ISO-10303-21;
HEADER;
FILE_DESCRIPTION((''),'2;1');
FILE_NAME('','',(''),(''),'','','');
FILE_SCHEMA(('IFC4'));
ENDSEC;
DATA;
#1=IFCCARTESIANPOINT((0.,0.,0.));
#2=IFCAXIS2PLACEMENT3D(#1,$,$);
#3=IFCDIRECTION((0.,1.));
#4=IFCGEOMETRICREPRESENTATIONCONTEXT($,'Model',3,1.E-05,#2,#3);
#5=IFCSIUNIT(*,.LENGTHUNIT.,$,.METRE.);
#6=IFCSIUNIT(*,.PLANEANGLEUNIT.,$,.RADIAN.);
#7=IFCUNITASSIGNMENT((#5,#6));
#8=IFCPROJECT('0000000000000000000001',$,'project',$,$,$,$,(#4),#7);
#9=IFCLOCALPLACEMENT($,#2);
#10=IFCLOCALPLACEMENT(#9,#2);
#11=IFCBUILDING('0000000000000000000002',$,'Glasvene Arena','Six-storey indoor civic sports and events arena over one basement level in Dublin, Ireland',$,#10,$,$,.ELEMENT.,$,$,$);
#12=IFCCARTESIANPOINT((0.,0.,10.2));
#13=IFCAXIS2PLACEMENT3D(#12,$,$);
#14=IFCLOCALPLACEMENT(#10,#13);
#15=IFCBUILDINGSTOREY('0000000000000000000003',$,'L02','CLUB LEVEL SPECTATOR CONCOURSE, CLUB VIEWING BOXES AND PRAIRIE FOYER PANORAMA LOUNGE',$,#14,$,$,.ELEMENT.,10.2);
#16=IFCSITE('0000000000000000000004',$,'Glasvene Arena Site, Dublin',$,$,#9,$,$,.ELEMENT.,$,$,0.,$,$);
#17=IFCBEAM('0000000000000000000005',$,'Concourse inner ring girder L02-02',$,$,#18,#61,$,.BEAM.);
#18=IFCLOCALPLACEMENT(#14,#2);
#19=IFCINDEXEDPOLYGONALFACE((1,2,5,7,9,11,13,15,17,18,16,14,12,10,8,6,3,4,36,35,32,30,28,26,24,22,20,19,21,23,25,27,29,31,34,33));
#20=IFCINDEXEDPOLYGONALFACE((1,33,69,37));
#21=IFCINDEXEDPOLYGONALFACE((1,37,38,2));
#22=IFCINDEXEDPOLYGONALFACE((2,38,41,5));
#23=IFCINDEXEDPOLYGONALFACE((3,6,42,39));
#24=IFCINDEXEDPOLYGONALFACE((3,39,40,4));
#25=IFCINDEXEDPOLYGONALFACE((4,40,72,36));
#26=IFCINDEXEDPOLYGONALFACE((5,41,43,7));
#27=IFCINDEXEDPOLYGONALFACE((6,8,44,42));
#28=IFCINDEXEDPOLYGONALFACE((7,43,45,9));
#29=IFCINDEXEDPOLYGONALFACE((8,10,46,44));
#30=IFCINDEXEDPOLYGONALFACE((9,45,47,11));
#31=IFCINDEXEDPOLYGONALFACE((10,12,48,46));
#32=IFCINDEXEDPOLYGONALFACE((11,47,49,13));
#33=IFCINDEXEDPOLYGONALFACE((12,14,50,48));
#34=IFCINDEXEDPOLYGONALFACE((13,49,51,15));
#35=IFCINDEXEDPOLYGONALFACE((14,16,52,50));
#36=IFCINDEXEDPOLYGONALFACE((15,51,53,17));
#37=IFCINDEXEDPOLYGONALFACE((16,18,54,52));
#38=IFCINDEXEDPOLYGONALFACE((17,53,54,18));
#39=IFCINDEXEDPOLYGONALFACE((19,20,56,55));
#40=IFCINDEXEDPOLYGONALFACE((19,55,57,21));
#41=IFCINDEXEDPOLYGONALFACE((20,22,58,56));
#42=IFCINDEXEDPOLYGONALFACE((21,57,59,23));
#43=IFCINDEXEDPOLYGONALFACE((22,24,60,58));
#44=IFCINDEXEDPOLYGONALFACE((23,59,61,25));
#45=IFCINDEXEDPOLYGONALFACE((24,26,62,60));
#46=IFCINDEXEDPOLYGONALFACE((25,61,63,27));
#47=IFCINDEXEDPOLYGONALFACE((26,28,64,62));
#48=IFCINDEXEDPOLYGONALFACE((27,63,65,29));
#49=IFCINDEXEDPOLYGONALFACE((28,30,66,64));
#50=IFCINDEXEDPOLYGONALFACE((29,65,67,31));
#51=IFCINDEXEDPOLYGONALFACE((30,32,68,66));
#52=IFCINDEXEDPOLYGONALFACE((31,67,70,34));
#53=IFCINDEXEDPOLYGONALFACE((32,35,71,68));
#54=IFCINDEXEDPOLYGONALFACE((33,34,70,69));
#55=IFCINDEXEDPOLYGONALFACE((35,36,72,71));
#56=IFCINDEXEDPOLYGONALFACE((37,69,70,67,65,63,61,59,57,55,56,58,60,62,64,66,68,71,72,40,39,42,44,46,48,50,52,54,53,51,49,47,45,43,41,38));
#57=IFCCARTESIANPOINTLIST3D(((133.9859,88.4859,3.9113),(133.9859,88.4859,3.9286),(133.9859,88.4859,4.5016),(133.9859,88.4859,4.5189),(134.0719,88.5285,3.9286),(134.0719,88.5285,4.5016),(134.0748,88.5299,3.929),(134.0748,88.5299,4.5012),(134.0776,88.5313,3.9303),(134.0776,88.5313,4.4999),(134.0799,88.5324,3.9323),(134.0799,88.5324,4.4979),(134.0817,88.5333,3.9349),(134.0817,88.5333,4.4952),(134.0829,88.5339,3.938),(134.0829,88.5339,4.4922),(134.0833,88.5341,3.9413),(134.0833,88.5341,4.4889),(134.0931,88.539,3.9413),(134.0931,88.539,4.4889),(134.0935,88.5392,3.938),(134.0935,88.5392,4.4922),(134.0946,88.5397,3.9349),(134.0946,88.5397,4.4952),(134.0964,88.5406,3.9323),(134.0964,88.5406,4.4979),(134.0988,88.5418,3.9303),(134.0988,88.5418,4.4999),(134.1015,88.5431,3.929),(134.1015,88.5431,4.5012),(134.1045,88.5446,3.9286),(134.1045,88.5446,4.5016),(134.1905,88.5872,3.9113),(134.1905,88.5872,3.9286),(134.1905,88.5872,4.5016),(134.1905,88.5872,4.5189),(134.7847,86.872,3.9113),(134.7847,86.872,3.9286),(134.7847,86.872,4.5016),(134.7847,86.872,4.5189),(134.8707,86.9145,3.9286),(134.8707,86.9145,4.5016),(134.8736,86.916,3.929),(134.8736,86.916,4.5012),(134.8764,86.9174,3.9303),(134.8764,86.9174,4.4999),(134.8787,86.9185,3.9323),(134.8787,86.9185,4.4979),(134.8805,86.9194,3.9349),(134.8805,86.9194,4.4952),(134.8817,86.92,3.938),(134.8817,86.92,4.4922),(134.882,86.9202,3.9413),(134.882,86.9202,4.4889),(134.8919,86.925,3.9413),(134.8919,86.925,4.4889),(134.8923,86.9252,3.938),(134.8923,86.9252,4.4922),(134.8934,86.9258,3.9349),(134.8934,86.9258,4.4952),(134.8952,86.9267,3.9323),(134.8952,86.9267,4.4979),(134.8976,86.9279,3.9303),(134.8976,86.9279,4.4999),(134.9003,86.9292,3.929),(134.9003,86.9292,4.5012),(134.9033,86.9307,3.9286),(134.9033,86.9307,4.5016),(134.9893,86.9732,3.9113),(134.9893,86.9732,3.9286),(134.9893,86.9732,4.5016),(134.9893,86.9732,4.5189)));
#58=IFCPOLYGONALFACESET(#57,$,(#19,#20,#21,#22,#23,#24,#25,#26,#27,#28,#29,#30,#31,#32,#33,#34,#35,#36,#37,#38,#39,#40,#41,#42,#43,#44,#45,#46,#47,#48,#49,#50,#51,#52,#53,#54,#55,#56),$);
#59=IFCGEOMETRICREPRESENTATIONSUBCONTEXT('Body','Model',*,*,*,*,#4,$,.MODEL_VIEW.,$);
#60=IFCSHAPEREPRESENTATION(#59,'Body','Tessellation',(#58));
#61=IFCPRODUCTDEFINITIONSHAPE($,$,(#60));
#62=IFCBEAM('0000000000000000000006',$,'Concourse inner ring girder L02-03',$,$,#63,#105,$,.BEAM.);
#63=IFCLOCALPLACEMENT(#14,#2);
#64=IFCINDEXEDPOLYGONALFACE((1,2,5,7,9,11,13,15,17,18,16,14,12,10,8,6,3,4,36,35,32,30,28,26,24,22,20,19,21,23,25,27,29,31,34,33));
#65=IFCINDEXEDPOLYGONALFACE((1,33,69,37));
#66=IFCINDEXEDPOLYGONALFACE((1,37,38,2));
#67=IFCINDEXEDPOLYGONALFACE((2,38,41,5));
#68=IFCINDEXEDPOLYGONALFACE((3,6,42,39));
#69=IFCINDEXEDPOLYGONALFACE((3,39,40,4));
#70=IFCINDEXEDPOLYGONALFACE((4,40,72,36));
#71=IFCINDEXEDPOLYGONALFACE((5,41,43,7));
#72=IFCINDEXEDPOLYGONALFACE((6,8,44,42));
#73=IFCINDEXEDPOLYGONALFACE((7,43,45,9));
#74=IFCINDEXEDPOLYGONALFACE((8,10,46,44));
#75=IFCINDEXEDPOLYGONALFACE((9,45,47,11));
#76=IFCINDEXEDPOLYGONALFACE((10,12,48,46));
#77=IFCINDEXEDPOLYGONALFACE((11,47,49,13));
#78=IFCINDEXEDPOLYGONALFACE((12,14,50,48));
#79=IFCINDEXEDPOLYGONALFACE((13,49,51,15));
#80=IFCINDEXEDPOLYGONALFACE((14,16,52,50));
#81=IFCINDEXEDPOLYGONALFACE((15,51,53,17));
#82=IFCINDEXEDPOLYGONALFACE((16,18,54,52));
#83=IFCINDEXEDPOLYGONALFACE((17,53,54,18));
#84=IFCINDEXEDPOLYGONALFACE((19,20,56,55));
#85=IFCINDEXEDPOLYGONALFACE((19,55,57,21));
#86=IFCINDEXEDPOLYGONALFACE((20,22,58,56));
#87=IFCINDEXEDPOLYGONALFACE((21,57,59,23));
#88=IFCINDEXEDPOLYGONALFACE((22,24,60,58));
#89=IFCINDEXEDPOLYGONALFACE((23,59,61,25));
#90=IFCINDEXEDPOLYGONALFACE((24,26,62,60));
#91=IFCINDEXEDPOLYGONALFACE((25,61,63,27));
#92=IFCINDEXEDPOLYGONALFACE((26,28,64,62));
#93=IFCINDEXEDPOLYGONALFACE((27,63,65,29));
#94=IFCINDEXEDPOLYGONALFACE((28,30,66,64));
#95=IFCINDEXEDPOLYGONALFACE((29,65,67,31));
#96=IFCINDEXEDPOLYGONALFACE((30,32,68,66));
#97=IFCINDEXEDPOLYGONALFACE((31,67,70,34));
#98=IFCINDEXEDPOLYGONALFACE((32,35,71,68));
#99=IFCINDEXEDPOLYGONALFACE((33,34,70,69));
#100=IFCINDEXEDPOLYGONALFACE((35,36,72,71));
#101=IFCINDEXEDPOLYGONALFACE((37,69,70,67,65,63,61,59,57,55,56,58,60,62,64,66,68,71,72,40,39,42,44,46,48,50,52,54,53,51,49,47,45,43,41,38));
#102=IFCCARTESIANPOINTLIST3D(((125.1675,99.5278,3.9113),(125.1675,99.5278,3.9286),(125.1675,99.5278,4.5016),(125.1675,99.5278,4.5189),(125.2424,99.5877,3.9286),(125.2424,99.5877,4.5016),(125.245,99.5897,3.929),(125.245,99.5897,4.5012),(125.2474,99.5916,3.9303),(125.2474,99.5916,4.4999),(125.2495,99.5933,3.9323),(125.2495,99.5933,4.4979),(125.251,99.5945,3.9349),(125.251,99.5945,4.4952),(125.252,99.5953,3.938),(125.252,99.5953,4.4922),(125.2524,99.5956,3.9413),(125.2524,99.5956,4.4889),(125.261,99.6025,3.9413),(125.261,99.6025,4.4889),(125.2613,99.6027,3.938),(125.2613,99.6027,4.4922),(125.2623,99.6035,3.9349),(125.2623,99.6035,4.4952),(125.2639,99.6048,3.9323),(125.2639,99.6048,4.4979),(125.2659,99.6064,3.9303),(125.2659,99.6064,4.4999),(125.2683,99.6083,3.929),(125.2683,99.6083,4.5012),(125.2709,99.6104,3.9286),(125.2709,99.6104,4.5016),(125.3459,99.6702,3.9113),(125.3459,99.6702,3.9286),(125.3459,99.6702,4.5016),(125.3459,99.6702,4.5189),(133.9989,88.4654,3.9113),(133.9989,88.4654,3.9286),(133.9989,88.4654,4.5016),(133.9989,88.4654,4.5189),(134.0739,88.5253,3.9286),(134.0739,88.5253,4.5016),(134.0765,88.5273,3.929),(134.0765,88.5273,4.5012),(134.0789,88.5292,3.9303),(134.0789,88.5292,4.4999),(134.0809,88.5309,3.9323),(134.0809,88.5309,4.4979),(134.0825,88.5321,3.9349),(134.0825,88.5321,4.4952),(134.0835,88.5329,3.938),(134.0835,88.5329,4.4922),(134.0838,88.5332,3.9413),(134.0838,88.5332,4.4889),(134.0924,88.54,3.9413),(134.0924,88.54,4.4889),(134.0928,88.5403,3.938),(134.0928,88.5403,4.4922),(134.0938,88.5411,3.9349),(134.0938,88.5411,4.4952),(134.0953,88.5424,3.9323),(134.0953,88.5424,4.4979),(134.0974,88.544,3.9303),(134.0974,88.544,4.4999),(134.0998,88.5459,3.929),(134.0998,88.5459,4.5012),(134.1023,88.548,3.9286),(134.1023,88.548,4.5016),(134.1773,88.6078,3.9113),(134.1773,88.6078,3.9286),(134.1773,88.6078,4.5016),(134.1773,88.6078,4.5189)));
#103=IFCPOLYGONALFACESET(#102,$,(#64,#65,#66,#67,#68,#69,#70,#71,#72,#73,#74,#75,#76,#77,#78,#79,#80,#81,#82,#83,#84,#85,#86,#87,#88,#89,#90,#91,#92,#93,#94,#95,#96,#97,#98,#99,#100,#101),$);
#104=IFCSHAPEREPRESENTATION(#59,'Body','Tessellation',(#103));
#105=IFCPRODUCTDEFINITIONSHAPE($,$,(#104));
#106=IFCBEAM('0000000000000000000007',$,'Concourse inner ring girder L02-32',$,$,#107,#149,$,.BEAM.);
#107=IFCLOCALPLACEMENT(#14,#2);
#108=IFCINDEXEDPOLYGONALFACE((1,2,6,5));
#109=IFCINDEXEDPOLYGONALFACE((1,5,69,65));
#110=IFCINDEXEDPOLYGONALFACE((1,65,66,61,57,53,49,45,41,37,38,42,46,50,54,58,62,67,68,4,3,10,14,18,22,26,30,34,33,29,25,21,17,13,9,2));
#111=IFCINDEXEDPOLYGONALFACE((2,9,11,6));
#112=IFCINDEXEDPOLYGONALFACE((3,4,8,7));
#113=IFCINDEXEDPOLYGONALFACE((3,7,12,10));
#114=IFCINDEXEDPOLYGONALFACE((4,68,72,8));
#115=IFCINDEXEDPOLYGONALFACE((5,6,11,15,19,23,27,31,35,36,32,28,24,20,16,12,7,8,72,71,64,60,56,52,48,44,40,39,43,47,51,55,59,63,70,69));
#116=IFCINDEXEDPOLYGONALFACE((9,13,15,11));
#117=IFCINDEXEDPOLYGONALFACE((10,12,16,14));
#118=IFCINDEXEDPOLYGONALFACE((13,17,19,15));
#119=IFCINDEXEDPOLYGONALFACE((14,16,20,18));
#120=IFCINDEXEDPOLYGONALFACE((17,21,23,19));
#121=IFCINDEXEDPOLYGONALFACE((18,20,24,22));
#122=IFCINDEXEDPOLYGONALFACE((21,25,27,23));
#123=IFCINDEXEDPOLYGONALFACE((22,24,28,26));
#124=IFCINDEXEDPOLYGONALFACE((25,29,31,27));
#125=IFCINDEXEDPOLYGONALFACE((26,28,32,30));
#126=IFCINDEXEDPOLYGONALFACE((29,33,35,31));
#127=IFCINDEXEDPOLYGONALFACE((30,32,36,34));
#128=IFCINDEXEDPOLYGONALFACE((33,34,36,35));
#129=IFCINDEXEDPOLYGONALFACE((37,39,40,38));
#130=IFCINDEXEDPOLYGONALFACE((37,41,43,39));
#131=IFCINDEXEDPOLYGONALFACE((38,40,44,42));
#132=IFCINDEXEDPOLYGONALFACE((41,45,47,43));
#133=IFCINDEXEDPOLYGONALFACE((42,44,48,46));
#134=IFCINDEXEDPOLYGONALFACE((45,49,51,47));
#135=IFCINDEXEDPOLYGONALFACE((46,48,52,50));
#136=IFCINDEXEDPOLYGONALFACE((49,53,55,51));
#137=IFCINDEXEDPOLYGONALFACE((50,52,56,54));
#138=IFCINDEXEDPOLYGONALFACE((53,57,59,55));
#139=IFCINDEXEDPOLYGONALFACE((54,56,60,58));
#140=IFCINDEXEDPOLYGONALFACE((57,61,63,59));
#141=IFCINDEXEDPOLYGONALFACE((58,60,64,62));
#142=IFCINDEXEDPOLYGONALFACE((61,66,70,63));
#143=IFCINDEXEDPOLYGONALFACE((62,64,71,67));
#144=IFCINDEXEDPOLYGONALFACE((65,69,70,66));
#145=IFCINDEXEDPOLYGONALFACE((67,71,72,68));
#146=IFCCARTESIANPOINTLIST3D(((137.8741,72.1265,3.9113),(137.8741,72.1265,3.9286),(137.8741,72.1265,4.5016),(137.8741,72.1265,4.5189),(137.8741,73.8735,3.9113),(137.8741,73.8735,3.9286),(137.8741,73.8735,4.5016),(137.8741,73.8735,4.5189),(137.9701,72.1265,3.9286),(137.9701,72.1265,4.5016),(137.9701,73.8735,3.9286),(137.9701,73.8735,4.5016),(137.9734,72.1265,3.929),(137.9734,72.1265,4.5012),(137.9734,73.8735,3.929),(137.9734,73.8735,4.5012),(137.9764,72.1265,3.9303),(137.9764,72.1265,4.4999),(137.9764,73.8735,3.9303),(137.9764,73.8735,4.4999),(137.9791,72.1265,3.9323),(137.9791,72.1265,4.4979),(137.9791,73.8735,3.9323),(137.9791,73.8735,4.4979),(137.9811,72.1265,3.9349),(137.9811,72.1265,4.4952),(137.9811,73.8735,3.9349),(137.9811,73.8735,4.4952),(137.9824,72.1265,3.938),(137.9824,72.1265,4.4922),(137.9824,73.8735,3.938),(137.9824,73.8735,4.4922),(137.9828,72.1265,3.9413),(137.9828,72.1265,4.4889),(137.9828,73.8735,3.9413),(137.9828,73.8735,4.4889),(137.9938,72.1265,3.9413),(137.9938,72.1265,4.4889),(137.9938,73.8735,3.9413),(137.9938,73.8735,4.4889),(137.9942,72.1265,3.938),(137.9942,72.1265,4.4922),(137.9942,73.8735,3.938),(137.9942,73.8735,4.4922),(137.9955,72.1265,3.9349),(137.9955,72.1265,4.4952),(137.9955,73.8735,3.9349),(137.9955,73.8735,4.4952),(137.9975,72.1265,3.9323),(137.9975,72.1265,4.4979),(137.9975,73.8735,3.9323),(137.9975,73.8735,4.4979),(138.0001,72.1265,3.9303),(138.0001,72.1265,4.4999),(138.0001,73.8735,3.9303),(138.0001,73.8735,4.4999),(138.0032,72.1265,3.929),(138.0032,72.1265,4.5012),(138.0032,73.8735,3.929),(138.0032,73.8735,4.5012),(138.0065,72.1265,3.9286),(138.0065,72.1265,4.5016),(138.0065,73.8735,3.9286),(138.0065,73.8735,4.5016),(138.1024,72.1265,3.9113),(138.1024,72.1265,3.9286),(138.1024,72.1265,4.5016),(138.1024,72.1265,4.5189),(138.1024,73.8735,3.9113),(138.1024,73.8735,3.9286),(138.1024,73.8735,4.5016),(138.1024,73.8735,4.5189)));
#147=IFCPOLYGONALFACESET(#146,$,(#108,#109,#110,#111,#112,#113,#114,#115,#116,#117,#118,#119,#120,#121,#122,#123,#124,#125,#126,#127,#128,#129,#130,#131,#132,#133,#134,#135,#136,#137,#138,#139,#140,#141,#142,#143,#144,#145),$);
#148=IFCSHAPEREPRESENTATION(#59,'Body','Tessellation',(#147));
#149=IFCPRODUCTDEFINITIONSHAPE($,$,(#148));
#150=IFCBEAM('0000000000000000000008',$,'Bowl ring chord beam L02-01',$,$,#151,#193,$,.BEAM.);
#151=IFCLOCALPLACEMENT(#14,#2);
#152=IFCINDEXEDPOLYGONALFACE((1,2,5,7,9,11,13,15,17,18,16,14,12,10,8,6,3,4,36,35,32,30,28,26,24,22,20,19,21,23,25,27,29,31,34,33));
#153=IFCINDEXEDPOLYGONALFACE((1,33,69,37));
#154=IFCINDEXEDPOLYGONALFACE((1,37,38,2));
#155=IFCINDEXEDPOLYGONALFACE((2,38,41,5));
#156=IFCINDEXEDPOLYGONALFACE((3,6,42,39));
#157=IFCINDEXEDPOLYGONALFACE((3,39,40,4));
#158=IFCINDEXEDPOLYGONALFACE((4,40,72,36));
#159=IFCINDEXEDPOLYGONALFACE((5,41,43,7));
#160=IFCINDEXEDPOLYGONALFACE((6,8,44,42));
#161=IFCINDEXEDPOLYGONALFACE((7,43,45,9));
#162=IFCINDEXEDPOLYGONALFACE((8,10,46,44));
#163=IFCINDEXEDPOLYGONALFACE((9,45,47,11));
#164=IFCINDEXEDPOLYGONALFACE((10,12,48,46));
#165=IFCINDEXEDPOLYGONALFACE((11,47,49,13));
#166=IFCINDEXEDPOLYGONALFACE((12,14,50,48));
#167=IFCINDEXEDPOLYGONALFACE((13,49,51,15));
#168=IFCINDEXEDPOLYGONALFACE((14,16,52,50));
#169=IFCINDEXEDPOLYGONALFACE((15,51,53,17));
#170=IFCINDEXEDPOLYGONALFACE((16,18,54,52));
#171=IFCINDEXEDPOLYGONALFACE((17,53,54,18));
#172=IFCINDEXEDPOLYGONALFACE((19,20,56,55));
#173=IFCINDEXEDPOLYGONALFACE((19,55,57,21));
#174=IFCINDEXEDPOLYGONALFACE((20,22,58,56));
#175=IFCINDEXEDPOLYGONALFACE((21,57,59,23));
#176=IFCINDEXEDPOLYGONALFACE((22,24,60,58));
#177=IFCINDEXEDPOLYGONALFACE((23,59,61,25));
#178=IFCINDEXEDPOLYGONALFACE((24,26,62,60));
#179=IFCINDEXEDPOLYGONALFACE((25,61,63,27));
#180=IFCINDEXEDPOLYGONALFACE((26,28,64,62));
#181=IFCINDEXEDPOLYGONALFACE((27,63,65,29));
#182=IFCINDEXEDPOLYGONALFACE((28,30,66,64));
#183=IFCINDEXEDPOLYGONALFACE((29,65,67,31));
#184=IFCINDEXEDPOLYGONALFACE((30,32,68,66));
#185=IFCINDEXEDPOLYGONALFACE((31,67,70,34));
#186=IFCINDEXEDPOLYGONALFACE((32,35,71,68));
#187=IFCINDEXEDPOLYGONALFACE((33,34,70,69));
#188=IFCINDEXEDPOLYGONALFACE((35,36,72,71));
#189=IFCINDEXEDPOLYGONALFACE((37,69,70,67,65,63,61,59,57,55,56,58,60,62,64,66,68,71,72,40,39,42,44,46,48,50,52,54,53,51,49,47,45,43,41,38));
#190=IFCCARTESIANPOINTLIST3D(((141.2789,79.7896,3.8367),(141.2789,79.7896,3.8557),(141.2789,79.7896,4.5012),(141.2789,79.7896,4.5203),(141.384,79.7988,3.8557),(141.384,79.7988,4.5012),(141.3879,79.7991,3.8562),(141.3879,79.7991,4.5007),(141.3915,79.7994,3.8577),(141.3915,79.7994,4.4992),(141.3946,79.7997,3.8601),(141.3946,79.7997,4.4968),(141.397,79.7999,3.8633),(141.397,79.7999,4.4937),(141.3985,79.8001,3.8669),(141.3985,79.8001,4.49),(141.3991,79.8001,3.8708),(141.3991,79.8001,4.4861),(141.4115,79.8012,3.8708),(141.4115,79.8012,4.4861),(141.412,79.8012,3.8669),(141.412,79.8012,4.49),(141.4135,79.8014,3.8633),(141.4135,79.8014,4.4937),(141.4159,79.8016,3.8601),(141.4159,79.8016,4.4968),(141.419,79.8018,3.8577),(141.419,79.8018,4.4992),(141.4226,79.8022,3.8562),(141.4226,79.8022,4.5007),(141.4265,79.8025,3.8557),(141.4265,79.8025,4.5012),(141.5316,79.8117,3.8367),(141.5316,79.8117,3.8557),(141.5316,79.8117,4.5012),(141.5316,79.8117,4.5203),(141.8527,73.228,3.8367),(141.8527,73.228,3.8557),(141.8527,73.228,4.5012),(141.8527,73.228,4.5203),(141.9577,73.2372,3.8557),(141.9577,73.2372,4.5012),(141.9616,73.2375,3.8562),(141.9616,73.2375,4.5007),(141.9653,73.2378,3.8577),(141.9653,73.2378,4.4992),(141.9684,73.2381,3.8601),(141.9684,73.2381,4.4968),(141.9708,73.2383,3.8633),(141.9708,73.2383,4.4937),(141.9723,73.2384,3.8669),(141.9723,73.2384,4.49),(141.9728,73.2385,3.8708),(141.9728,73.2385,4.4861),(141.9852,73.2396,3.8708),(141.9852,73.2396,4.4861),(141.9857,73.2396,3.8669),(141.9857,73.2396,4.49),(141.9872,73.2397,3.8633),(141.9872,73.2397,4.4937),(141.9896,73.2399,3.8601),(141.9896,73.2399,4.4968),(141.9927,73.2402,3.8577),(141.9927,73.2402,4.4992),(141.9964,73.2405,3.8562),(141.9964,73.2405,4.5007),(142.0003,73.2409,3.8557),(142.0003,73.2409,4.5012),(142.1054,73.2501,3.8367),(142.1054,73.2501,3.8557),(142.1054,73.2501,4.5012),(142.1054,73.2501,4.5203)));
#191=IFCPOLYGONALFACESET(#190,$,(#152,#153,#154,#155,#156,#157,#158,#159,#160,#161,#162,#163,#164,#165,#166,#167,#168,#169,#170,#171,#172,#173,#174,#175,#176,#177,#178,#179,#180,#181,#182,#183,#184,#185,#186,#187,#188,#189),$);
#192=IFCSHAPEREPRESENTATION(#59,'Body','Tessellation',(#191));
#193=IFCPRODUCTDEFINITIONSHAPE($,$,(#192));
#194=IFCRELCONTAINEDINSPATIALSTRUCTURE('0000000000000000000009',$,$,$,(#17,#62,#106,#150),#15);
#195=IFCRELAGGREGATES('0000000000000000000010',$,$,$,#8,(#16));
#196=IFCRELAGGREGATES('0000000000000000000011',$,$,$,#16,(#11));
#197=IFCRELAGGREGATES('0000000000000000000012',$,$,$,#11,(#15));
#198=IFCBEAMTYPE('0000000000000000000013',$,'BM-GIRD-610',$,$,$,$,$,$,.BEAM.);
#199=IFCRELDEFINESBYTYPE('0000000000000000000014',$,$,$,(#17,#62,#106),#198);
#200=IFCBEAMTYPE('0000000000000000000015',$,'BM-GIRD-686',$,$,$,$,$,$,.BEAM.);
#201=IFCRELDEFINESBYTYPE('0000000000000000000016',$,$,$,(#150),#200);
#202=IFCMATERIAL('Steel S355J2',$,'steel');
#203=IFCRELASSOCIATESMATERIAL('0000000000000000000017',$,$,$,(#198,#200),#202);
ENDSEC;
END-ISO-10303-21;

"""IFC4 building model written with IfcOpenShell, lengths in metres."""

from ifc_helpers import new_model, si_unit, direction, frame, origin, origin_2d, place, context, subcontext, project, spatial, i_section, extrude, material, material_profile, profile_set, type_object, element, save


model = new_model("IFC4")

# Units and contexts
model_context = context("Model", 3, precision=1e-05, world=origin(), true_north=direction((0.0, 1.0)))
body_context = subcontext(model_context, "Body", "Model", "MODEL_VIEW")
ifc_project = project(units=[si_unit("LENGTHUNIT", "METRE"), si_unit("PLANEANGLEUNIT", "RADIAN")], contexts=[model_context])

# Site, building, storey
site_placement = place(None, origin())
site = spatial("IfcSite", under=ifc_project, at=site_placement, Name="Glasvene Arena Site, Dublin", CompositionType="ELEMENT", RefElevation=0.0)
building_placement = place(site_placement, origin())
building = spatial("IfcBuilding", under=site, at=building_placement, Name="Glasvene Arena", Description="Six-storey indoor civic sports and events arena over one basement level in Dublin, Ireland", CompositionType="ELEMENT")
storey_placement = place(building_placement, frame((0.0, 0.0, 10.2)))
storey = spatial("IfcBuildingStorey", under=building, at=storey_placement, Name="L02", Description="CLUB LEVEL SPECTATOR CONCOURSE, CLUB VIEWING BOXES AND PRAIRIE FOYER PANORAMA LOUNGE", CompositionType="ELEMENT", Elevation=10.2)

# Shared definitions
ifc_material_1 = material(Name="Steel S355J2", Category="steel")

# Beams
ifc_material_profile_1 = material_profile(ifc_material_1, i_section(OverallWidth=0.2283, OverallDepth=0.6077, WebThickness=0.011, FlangeThickness=0.0173, FilletRadius=0.0127, at=origin_2d()), Name="UKB 610x229x113")
ifc_profile_set_1 = profile_set([ifc_material_profile_1], Name="Steel S355J2")
beam_type_1 = type_object("IfcBeamType", Name="BM-GIRD-610", PredefinedType="BEAM", material=ifc_profile_set_1)
beam_1_placement = place(storey_placement, frame((134.887, 86.9226, 4.2151), z_axis=(-0.443577, 0.896236, 0.0), x_axis=(-0.896236, -0.443577, 0.0)))
element("IfcBeam", 1, at=beam_1_placement, inside=storey, type_object=beam_type_1, Name="Concourse inner ring girder L02-02", PredefinedType="BEAM", context=body_context, shape_type="SweptSolid", body=[
    extrude(i_section(OverallWidth=0.2283, OverallDepth=0.6077, WebThickness=0.011, FlangeThickness=0.0173, FilletRadius=0.0127, at=origin_2d()), origin(), (0.0, 0.0, 1.0), 1.8008),
])
beam_2_placement = place(storey_placement, frame((134.0881, 88.5366, 4.2151), z_axis=(-0.6239, 0.781504, 0.0), x_axis=(-0.781504, -0.6239, 0.0)))
element("IfcBeam", 2, at=beam_2_placement, inside=storey, type_object=beam_type_1, Name="Concourse inner ring girder L02-03", PredefinedType="BEAM", context=body_context, shape_type="SweptSolid", body=[
    extrude(i_section(OverallWidth=0.2283, OverallDepth=0.6077, WebThickness=0.011, FlangeThickness=0.0173, FilletRadius=0.0127, at=origin_2d()), origin(), (0.0, 0.0, 1.0), 14.1553),
])
beam_3_placement = place(storey_placement, frame((137.9883, 72.1265, 4.2151), z_axis=(0.0, 1.0, 0.0), x_axis=(-1.0, 0.0, 0.0)))
element("IfcBeam", 3, at=beam_3_placement, inside=storey, type_object=beam_type_1, Name="Concourse inner ring girder L02-32", PredefinedType="BEAM", context=body_context, shape_type="SweptSolid", body=[
    extrude(i_section(OverallWidth=0.2283, OverallDepth=0.6077, WebThickness=0.011, FlangeThickness=0.0173, FilletRadius=0.0127, at=origin_2d()), origin(), (0.0, 0.0, 1.0), 1.7471),
])
ifc_material_profile_2 = material_profile(ifc_material_1, i_section(OverallWidth=0.2537, OverallDepth=0.6836, WebThickness=0.0125, FlangeThickness=0.019, FilletRadius=0.0151, at=origin_2d()), Name="UKB 686x254x140")
ifc_profile_set_2 = profile_set([ifc_material_profile_2], Name="Steel S355J2")
beam_type_2 = type_object("IfcBeamType", Name="BM-GIRD-686", PredefinedType="BEAM", material=ifc_profile_set_2)
beam_4_placement = place(storey_placement, frame((141.979, 73.239, 4.1785), z_axis=(-0.087106, 0.996199, 0.0), x_axis=(-0.996199, -0.087106, 0.0)))
element("IfcBeam", 4, at=beam_4_placement, inside=storey, type_object=beam_type_2, Name="Bowl ring chord beam L02-01", PredefinedType="BEAM", context=body_context, shape_type="SweptSolid", body=[
    extrude(i_section(OverallWidth=0.2537, OverallDepth=0.6836, WebThickness=0.0125, FlangeThickness=0.019, FilletRadius=0.0151, at=origin_2d()), origin(), (0.0, 0.0, 1.0), 6.5867),
])

save(model, "model.ifc")
